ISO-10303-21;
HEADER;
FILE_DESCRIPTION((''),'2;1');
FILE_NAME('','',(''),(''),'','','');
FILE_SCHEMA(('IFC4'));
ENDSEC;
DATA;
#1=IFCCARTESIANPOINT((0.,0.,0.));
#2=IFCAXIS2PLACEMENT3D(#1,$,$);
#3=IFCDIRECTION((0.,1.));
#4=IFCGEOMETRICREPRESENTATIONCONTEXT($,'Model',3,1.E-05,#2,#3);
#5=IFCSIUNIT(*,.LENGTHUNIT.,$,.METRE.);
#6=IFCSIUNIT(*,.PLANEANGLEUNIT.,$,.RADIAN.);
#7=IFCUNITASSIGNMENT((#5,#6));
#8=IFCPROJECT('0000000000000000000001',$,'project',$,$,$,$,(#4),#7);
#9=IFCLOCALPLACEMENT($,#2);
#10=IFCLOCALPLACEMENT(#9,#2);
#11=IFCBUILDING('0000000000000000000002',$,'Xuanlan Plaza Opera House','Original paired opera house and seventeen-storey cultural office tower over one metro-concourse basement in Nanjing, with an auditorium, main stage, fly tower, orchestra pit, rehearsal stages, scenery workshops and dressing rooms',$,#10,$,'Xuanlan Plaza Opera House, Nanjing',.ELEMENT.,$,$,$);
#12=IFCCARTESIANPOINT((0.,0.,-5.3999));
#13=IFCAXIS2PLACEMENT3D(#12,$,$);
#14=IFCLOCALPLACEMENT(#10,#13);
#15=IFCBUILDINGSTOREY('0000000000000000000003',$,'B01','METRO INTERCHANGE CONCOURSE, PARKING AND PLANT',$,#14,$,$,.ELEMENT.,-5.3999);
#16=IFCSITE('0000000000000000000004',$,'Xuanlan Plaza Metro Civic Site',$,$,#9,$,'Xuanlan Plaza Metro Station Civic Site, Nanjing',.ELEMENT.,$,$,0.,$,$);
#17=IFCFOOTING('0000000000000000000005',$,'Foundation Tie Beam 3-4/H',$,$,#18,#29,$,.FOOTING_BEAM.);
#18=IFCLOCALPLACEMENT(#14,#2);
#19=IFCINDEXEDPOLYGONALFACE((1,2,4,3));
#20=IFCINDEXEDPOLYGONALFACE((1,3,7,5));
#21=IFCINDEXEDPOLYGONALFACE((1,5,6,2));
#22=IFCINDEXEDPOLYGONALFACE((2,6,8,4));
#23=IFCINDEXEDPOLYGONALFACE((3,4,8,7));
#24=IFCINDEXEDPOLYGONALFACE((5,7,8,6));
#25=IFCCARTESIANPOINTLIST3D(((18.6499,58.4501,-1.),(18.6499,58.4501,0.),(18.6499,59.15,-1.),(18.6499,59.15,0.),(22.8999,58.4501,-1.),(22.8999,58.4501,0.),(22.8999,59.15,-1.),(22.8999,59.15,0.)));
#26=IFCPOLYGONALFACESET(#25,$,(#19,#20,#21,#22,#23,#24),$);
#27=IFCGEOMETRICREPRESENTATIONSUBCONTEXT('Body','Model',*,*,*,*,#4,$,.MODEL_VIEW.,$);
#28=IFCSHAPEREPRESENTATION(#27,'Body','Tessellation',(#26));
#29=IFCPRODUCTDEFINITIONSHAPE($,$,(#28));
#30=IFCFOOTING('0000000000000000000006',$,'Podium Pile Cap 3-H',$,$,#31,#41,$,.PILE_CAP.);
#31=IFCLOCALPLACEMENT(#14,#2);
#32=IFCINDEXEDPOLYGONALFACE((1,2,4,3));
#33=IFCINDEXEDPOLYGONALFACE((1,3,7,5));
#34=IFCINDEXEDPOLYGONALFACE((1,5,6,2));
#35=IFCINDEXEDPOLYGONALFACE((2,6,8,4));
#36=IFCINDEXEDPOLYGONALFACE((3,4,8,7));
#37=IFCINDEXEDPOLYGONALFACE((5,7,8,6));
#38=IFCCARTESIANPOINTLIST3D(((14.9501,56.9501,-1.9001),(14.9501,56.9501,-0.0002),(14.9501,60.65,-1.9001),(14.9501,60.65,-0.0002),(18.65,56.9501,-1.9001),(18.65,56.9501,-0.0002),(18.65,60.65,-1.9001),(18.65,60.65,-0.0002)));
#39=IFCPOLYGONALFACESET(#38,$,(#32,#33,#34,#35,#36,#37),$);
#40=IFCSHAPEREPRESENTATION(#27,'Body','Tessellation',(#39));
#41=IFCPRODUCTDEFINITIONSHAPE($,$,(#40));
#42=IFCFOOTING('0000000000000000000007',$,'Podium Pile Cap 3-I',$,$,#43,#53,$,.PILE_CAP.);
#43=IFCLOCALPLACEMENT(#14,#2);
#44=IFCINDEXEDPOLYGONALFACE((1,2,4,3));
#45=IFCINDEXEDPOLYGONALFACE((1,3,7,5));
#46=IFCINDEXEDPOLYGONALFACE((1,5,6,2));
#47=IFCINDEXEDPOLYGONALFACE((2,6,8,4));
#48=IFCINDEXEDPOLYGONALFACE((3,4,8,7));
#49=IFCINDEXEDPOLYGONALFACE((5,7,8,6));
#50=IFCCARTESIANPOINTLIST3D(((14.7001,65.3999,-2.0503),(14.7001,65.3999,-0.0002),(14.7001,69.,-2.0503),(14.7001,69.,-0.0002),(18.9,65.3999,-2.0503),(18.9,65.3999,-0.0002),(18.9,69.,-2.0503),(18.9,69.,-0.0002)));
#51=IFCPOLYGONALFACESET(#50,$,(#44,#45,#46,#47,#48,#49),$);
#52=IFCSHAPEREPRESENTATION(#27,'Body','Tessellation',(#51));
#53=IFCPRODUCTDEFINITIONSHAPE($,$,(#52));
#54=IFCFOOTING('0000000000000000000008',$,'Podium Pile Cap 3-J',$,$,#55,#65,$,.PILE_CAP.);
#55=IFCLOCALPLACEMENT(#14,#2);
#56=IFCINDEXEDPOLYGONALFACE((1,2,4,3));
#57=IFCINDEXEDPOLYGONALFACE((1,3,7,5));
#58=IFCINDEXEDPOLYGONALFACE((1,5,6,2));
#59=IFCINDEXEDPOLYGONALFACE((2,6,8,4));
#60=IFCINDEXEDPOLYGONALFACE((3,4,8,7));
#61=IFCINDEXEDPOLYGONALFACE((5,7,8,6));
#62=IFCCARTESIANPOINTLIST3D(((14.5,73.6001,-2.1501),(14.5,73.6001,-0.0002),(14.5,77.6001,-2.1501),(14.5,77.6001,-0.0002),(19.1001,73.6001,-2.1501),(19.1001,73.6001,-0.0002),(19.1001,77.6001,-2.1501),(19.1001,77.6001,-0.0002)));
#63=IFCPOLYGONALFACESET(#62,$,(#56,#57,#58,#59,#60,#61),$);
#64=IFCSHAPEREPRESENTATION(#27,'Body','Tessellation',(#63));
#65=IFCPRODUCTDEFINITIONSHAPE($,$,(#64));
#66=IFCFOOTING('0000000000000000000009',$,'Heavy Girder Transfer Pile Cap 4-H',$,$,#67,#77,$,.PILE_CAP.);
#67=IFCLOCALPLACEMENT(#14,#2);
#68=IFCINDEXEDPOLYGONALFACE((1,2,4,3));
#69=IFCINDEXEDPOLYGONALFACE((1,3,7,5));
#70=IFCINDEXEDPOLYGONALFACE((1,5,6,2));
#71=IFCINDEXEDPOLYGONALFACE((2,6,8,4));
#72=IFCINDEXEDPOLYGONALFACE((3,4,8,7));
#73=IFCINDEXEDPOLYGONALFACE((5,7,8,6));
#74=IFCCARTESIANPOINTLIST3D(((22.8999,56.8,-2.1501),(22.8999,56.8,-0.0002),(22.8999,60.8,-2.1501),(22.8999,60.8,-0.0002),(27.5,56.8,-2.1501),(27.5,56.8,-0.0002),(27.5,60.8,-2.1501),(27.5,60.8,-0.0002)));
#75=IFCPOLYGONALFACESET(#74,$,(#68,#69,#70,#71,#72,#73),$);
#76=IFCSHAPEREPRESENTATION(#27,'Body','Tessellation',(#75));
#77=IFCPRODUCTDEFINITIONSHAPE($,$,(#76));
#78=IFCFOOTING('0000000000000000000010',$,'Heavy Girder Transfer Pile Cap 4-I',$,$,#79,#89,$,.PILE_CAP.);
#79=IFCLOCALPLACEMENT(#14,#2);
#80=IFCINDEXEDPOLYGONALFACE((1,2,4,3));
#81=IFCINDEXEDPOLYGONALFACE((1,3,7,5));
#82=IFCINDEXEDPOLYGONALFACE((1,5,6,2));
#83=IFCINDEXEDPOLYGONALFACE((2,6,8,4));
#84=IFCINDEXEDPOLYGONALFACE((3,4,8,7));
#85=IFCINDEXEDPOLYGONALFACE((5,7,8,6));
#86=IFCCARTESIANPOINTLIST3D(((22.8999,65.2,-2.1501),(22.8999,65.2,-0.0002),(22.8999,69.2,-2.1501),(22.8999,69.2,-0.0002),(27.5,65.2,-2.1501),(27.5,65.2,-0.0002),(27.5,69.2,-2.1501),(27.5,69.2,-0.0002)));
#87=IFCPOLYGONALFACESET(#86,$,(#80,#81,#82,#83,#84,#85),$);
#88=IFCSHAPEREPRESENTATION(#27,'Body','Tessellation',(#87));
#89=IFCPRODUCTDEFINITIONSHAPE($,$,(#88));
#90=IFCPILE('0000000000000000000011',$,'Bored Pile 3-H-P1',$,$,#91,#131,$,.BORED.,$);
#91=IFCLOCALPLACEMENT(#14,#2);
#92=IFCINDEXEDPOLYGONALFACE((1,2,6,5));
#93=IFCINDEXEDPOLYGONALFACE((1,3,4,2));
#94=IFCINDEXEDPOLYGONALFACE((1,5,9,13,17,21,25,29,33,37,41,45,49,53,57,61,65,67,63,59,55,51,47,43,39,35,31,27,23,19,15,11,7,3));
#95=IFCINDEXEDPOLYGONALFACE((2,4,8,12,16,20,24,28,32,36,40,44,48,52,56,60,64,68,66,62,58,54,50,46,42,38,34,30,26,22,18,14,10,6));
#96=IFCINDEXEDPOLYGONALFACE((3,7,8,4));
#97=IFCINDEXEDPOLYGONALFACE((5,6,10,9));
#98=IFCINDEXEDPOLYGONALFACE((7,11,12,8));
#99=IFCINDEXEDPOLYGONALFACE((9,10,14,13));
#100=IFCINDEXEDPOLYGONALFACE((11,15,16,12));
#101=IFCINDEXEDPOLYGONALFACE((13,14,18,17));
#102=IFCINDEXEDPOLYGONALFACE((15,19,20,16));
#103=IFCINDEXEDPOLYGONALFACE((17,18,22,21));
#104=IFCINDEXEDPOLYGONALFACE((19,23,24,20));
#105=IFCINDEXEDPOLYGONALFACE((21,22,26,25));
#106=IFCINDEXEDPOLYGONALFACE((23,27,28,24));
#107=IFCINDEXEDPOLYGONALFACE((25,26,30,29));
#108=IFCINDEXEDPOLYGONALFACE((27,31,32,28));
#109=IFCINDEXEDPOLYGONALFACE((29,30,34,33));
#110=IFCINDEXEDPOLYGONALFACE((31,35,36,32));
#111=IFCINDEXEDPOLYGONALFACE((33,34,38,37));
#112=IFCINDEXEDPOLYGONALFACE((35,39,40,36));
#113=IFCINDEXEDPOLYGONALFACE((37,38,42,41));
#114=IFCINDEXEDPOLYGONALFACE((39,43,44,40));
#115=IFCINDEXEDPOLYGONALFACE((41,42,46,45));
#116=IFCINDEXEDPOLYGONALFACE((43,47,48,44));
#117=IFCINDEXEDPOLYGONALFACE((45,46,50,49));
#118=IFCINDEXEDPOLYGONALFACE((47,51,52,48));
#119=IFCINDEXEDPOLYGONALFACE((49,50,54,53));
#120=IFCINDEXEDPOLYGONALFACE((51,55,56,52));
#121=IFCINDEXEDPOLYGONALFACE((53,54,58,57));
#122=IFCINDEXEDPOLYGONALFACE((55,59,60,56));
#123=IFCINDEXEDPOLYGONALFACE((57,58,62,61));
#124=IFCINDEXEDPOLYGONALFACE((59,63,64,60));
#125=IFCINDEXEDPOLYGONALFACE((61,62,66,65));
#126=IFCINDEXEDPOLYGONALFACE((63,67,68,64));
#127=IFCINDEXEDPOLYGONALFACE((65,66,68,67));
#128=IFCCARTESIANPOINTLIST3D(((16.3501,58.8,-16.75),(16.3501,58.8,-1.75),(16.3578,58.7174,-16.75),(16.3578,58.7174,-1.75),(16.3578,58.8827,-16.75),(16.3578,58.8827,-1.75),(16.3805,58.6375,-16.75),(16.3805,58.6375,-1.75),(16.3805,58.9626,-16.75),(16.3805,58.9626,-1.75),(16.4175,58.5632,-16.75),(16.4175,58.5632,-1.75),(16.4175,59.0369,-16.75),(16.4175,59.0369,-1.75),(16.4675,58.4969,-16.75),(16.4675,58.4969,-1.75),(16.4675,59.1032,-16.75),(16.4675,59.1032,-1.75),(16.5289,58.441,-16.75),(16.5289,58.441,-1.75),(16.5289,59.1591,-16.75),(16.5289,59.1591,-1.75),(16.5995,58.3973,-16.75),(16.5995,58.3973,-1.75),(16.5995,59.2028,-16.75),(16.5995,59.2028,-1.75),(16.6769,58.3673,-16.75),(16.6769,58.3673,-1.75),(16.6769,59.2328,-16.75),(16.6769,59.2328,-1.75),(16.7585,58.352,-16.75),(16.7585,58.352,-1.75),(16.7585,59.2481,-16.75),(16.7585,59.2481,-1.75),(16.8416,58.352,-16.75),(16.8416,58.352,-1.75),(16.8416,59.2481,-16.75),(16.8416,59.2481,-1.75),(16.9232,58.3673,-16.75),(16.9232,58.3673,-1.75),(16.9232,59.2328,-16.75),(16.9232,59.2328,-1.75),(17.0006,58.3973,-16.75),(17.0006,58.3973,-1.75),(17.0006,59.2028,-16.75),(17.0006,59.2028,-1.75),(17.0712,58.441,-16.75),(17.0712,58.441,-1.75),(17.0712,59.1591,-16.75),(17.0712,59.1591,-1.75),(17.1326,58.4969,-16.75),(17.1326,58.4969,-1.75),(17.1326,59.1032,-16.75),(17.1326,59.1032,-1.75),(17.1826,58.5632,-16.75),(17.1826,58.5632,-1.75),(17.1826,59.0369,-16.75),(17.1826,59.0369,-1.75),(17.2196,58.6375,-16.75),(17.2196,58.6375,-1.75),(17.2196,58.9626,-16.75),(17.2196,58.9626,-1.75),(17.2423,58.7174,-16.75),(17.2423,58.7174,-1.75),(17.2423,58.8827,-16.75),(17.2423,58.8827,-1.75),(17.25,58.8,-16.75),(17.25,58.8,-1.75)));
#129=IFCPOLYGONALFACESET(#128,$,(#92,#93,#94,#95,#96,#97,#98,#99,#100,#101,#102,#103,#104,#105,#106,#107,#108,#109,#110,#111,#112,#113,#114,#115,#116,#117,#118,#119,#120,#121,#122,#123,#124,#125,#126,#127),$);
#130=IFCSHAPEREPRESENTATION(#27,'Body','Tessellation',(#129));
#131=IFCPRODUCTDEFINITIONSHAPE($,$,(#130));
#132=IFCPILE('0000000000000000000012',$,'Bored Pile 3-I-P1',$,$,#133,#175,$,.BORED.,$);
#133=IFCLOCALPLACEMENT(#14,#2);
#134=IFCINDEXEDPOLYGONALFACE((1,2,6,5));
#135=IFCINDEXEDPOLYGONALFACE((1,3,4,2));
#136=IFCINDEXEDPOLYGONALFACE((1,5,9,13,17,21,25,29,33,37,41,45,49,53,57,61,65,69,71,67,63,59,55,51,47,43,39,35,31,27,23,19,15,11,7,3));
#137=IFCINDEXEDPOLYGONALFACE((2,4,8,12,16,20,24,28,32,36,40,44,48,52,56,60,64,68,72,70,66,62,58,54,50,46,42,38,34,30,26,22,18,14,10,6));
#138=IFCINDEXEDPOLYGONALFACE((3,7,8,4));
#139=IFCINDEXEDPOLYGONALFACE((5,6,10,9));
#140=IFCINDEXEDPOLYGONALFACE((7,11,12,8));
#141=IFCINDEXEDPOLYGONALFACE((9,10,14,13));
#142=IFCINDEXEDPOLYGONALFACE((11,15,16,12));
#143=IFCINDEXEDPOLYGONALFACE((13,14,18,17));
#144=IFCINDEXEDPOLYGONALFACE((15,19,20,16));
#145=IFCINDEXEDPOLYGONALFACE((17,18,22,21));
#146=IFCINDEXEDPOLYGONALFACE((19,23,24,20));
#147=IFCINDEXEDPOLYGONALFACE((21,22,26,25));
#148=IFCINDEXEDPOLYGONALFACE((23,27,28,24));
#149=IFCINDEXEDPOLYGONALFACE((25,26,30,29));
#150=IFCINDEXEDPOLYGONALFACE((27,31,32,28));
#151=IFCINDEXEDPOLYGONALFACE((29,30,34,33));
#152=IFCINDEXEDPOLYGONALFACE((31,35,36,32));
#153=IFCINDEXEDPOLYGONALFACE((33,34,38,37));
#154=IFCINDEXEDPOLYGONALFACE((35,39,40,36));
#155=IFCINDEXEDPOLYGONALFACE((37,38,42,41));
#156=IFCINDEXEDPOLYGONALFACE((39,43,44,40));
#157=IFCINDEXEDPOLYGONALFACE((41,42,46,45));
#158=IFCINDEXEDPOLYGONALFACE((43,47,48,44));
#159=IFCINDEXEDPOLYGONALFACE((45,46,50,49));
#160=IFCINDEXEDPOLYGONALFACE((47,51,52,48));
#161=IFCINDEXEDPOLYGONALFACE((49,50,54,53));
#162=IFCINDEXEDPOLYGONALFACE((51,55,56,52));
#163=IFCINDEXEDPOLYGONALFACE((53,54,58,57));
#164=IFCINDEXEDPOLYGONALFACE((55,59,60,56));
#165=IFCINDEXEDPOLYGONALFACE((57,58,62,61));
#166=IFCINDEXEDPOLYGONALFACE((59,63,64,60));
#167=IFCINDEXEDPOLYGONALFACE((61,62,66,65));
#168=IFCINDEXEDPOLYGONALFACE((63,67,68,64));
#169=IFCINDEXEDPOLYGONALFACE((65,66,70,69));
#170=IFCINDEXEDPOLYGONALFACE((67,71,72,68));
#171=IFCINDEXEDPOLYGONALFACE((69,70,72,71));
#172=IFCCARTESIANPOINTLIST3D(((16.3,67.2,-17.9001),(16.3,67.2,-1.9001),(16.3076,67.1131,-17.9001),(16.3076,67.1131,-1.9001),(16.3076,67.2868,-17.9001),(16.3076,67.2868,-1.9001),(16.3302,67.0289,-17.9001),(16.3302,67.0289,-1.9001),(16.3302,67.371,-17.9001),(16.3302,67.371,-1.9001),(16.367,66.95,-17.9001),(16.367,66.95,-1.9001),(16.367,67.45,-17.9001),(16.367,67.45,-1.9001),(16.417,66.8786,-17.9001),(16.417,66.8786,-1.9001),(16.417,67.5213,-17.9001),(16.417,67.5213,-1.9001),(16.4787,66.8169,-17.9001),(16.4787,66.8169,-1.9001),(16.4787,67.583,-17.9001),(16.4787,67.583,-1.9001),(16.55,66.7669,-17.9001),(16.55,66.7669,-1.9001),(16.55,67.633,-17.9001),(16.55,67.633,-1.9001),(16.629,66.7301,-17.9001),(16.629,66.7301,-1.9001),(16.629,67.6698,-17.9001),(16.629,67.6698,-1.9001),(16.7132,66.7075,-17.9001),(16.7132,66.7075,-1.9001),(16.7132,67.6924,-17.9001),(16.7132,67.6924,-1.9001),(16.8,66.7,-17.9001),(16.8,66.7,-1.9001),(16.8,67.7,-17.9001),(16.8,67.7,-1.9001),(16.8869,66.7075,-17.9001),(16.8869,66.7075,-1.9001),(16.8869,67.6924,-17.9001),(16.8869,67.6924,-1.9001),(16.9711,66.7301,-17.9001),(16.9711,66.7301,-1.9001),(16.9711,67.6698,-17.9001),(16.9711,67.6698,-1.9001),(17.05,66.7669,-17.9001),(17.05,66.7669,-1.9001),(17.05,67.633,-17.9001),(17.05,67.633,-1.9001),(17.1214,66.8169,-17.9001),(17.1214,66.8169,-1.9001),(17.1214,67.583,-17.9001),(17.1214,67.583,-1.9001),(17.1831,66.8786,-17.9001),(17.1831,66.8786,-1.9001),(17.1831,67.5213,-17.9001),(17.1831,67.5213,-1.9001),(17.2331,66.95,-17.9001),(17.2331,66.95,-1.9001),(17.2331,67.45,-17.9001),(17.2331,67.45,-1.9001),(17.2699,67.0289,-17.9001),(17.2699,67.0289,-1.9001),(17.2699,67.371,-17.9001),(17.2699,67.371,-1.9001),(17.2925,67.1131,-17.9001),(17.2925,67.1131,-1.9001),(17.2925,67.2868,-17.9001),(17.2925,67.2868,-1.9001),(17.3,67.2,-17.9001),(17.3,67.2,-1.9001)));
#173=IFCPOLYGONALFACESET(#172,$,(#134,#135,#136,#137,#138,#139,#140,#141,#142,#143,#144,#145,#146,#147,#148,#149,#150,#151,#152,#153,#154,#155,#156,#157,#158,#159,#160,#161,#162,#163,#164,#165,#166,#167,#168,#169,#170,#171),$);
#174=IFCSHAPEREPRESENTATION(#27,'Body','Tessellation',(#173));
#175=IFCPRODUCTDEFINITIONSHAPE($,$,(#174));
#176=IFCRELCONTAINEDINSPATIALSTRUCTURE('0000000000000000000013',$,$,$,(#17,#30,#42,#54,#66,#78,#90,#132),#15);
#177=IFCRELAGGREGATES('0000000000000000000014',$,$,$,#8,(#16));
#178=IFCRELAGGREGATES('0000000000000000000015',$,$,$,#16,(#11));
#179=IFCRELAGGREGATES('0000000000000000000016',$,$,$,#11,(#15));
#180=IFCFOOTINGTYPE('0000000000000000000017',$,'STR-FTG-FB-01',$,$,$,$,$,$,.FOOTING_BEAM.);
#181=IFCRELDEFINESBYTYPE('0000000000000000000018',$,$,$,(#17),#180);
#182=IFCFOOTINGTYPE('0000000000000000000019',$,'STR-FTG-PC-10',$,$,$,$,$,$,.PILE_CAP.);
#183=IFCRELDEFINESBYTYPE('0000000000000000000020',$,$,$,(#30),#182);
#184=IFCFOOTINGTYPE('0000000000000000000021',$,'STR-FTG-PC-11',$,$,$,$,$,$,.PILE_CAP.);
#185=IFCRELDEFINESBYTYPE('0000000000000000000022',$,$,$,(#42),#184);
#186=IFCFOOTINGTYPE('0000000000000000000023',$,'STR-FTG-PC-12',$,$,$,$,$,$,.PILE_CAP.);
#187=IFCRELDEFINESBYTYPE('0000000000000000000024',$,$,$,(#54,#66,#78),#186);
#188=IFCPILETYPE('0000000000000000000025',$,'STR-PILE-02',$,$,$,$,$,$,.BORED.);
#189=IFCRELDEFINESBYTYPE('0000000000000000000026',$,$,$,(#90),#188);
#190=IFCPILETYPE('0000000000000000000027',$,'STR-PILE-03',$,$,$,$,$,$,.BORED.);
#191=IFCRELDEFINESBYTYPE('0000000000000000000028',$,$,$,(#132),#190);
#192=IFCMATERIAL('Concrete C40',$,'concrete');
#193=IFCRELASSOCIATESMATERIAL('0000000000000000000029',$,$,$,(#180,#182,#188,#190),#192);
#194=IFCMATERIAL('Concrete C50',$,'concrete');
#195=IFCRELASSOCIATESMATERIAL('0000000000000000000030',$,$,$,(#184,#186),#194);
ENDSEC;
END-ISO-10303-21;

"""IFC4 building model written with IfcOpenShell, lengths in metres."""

from ifc_helpers import new_model, si_unit, direction, frame, origin, origin_2d, place, context, subcontext, project, spatial, rectangle, circle, extrude, material, material_profile, profile_set, type_object, element, save


model = new_model("IFC4")

# Units and contexts
model_context = context("Model", 3, precision=1e-05, world=origin(), true_north=direction((0.0, 1.0)))
body_context = subcontext(model_context, "Body", "Model", "MODEL_VIEW")
ifc_project = project(units=[si_unit("LENGTHUNIT", "METRE"), si_unit("PLANEANGLEUNIT", "RADIAN")], contexts=[model_context])

# Site, building, storey
site_placement = place(None, origin())
site = spatial("IfcSite", under=ifc_project, at=site_placement, Name="Xuanlan Plaza Metro Civic Site", LongName="Xuanlan Plaza Metro Station Civic Site, Nanjing", CompositionType="ELEMENT", RefElevation=0.0)
building_placement = place(site_placement, origin())
building = spatial("IfcBuilding", under=site, at=building_placement, Name="Xuanlan Plaza Opera House", Description="Original paired opera house and seventeen-storey cultural office tower over one metro-concourse basement in Nanjing, with an auditorium, main stage, fly tower, orchestra pit, rehearsal stages, scenery workshops and dressing rooms", LongName="Xuanlan Plaza Opera House, Nanjing", CompositionType="ELEMENT")
storey_placement = place(building_placement, frame((0.0, 0.0, -5.3999)))
storey = spatial("IfcBuildingStorey", under=building, at=storey_placement, Name="B01", Description="METRO INTERCHANGE CONCOURSE, PARKING AND PLANT", CompositionType="ELEMENT", Elevation=-5.3999)

# Footings
ifc_material_1 = material(Name="Concrete C40", Category="concrete")
footing_type_1 = type_object("IfcFootingType", Name="STR-FTG-FB-01", PredefinedType="FOOTING_BEAM", material=ifc_material_1)
footing_1_placement = place(storey_placement, frame((20.7749, 58.8, -1.0), z_axis=(0.0, 0.0, 1.0), x_axis=(1.0, 0.0, 0.0)))
element("IfcFooting", 1, at=footing_1_placement, inside=storey, type_object=footing_type_1, Name="Foundation Tie Beam 3-4/H", PredefinedType="FOOTING_BEAM", context=body_context, shape_type="SweptSolid", body=[
    extrude(rectangle(XDim=4.25, YDim=0.7, at=origin_2d()), origin(), (0.0, 0.0, 1.0), 1.0),
])
footing_type_2 = type_object("IfcFootingType", Name="STR-FTG-PC-10", PredefinedType="PILE_CAP", material=ifc_material_1)
footing_2_placement = place(storey_placement, frame((16.8, 58.8, -1.9001), z_axis=(0.0, 0.0, 1.0), x_axis=(1.0, 0.0, 0.0)))
element("IfcFooting", 2, at=footing_2_placement, inside=storey, type_object=footing_type_2, Name="Podium Pile Cap 3-H", PredefinedType="PILE_CAP", context=body_context, shape_type="SweptSolid", body=[
    extrude(rectangle(XDim=3.7, YDim=3.7, at=origin_2d()), origin(), (0.0, 0.0, 1.0), 1.8999),
])
ifc_material_2 = material(Name="Concrete C50", Category="concrete")
footing_type_3 = type_object("IfcFootingType", Name="STR-FTG-PC-11", PredefinedType="PILE_CAP", material=ifc_material_2)
footing_3_placement = place(storey_placement, frame((16.8, 67.2, -2.0503), z_axis=(0.0, 0.0, 1.0), x_axis=(1.0, 0.0, 0.0)))
element("IfcFooting", 3, at=footing_3_placement, inside=storey, type_object=footing_type_3, Name="Podium Pile Cap 3-I", PredefinedType="PILE_CAP", context=body_context, shape_type="SweptSolid", body=[
    extrude(rectangle(XDim=4.2, YDim=3.6001, at=origin_2d()), origin(), (0.0, 0.0, 1.0), 2.05),
])
footing_type_4 = type_object("IfcFootingType", Name="STR-FTG-PC-12", PredefinedType="PILE_CAP", material=ifc_material_2)
for number, where, z_axis, x_axis, name in (
    (4, (16.8, 75.6001, -2.1501), (0.0, 0.0, 1.0), (1.0, 0.0, 0.0), "Podium Pile Cap 3-J"),
    (5, (25.2, 58.8, -2.1501), (0.0, 0.0, 1.0), (1.0, 0.0, 0.0), "Heavy Girder Transfer Pile Cap 4-H"),
    (6, (25.2, 67.2, -2.1501), (0.0, 0.0, 1.0), (1.0, 0.0, 0.0), "Heavy Girder Transfer Pile Cap 4-I"),
):
    element("IfcFooting", number, at=place(storey_placement, frame(where, z_axis=z_axis, x_axis=x_axis)), inside=storey, type_object=footing_type_4, Name=name, PredefinedType="PILE_CAP", context=body_context, shape_type="SweptSolid", body=[
        extrude(rectangle(XDim=4.6001, YDim=4.0, at=origin_2d()), origin(), (0.0, 0.0, 1.0), 2.1499),
    ])

# Piles
ifc_material_profile_1 = material_profile(ifc_material_1, circle(Radius=0.45, at=origin_2d()), Name="PILE D900")
ifc_profile_set_1 = profile_set([ifc_material_profile_1], Name="Concrete C40")
pile_type_1 = type_object("IfcPileType", Name="STR-PILE-02", PredefinedType="BORED", material=ifc_profile_set_1)
pile_placement = place(storey_placement, frame((16.8, 58.8, -1.75), z_axis=(0.0, 0.0, -1.0), x_axis=(1.0, 0.0, 0.0)))
element("IfcPile", 7, at=pile_placement, inside=storey, type_object=pile_type_1, Name="Bored Pile 3-H-P1", PredefinedType="BORED", context=body_context, shape_type="SweptSolid", body=[
    extrude(circle(Radius=0.45, at=origin_2d()), origin(), (0.0, 0.0, 1.0), 15.0),
])
ifc_material_profile_2 = material_profile(ifc_material_1, circle(Radius=0.5, at=origin_2d()), Name="PILE D1000")
ifc_profile_set_2 = profile_set([ifc_material_profile_2], Name="Concrete C40")
pile_type_2 = type_object("IfcPileType", Name="STR-PILE-03", PredefinedType="BORED", material=ifc_profile_set_2)
for number, where, z_axis, x_axis, name in (
    (8, (16.8, 67.2, -1.9001), (0.0, 0.0, -1.0), (1.0, 0.0, 0.0), "Bored Pile 3-I-P1"),
):
    element("IfcPile", number, at=place(storey_placement, frame(where, z_axis=z_axis, x_axis=x_axis)), inside=storey, type_object=pile_type_2, Name=name, PredefinedType="BORED", context=body_context, shape_type="SweptSolid", body=[
        extrude(circle(Radius=0.5, at=origin_2d()), origin(), (0.0, 0.0, 1.0), 16.0),
    ])

save(model, "model.ifc")
